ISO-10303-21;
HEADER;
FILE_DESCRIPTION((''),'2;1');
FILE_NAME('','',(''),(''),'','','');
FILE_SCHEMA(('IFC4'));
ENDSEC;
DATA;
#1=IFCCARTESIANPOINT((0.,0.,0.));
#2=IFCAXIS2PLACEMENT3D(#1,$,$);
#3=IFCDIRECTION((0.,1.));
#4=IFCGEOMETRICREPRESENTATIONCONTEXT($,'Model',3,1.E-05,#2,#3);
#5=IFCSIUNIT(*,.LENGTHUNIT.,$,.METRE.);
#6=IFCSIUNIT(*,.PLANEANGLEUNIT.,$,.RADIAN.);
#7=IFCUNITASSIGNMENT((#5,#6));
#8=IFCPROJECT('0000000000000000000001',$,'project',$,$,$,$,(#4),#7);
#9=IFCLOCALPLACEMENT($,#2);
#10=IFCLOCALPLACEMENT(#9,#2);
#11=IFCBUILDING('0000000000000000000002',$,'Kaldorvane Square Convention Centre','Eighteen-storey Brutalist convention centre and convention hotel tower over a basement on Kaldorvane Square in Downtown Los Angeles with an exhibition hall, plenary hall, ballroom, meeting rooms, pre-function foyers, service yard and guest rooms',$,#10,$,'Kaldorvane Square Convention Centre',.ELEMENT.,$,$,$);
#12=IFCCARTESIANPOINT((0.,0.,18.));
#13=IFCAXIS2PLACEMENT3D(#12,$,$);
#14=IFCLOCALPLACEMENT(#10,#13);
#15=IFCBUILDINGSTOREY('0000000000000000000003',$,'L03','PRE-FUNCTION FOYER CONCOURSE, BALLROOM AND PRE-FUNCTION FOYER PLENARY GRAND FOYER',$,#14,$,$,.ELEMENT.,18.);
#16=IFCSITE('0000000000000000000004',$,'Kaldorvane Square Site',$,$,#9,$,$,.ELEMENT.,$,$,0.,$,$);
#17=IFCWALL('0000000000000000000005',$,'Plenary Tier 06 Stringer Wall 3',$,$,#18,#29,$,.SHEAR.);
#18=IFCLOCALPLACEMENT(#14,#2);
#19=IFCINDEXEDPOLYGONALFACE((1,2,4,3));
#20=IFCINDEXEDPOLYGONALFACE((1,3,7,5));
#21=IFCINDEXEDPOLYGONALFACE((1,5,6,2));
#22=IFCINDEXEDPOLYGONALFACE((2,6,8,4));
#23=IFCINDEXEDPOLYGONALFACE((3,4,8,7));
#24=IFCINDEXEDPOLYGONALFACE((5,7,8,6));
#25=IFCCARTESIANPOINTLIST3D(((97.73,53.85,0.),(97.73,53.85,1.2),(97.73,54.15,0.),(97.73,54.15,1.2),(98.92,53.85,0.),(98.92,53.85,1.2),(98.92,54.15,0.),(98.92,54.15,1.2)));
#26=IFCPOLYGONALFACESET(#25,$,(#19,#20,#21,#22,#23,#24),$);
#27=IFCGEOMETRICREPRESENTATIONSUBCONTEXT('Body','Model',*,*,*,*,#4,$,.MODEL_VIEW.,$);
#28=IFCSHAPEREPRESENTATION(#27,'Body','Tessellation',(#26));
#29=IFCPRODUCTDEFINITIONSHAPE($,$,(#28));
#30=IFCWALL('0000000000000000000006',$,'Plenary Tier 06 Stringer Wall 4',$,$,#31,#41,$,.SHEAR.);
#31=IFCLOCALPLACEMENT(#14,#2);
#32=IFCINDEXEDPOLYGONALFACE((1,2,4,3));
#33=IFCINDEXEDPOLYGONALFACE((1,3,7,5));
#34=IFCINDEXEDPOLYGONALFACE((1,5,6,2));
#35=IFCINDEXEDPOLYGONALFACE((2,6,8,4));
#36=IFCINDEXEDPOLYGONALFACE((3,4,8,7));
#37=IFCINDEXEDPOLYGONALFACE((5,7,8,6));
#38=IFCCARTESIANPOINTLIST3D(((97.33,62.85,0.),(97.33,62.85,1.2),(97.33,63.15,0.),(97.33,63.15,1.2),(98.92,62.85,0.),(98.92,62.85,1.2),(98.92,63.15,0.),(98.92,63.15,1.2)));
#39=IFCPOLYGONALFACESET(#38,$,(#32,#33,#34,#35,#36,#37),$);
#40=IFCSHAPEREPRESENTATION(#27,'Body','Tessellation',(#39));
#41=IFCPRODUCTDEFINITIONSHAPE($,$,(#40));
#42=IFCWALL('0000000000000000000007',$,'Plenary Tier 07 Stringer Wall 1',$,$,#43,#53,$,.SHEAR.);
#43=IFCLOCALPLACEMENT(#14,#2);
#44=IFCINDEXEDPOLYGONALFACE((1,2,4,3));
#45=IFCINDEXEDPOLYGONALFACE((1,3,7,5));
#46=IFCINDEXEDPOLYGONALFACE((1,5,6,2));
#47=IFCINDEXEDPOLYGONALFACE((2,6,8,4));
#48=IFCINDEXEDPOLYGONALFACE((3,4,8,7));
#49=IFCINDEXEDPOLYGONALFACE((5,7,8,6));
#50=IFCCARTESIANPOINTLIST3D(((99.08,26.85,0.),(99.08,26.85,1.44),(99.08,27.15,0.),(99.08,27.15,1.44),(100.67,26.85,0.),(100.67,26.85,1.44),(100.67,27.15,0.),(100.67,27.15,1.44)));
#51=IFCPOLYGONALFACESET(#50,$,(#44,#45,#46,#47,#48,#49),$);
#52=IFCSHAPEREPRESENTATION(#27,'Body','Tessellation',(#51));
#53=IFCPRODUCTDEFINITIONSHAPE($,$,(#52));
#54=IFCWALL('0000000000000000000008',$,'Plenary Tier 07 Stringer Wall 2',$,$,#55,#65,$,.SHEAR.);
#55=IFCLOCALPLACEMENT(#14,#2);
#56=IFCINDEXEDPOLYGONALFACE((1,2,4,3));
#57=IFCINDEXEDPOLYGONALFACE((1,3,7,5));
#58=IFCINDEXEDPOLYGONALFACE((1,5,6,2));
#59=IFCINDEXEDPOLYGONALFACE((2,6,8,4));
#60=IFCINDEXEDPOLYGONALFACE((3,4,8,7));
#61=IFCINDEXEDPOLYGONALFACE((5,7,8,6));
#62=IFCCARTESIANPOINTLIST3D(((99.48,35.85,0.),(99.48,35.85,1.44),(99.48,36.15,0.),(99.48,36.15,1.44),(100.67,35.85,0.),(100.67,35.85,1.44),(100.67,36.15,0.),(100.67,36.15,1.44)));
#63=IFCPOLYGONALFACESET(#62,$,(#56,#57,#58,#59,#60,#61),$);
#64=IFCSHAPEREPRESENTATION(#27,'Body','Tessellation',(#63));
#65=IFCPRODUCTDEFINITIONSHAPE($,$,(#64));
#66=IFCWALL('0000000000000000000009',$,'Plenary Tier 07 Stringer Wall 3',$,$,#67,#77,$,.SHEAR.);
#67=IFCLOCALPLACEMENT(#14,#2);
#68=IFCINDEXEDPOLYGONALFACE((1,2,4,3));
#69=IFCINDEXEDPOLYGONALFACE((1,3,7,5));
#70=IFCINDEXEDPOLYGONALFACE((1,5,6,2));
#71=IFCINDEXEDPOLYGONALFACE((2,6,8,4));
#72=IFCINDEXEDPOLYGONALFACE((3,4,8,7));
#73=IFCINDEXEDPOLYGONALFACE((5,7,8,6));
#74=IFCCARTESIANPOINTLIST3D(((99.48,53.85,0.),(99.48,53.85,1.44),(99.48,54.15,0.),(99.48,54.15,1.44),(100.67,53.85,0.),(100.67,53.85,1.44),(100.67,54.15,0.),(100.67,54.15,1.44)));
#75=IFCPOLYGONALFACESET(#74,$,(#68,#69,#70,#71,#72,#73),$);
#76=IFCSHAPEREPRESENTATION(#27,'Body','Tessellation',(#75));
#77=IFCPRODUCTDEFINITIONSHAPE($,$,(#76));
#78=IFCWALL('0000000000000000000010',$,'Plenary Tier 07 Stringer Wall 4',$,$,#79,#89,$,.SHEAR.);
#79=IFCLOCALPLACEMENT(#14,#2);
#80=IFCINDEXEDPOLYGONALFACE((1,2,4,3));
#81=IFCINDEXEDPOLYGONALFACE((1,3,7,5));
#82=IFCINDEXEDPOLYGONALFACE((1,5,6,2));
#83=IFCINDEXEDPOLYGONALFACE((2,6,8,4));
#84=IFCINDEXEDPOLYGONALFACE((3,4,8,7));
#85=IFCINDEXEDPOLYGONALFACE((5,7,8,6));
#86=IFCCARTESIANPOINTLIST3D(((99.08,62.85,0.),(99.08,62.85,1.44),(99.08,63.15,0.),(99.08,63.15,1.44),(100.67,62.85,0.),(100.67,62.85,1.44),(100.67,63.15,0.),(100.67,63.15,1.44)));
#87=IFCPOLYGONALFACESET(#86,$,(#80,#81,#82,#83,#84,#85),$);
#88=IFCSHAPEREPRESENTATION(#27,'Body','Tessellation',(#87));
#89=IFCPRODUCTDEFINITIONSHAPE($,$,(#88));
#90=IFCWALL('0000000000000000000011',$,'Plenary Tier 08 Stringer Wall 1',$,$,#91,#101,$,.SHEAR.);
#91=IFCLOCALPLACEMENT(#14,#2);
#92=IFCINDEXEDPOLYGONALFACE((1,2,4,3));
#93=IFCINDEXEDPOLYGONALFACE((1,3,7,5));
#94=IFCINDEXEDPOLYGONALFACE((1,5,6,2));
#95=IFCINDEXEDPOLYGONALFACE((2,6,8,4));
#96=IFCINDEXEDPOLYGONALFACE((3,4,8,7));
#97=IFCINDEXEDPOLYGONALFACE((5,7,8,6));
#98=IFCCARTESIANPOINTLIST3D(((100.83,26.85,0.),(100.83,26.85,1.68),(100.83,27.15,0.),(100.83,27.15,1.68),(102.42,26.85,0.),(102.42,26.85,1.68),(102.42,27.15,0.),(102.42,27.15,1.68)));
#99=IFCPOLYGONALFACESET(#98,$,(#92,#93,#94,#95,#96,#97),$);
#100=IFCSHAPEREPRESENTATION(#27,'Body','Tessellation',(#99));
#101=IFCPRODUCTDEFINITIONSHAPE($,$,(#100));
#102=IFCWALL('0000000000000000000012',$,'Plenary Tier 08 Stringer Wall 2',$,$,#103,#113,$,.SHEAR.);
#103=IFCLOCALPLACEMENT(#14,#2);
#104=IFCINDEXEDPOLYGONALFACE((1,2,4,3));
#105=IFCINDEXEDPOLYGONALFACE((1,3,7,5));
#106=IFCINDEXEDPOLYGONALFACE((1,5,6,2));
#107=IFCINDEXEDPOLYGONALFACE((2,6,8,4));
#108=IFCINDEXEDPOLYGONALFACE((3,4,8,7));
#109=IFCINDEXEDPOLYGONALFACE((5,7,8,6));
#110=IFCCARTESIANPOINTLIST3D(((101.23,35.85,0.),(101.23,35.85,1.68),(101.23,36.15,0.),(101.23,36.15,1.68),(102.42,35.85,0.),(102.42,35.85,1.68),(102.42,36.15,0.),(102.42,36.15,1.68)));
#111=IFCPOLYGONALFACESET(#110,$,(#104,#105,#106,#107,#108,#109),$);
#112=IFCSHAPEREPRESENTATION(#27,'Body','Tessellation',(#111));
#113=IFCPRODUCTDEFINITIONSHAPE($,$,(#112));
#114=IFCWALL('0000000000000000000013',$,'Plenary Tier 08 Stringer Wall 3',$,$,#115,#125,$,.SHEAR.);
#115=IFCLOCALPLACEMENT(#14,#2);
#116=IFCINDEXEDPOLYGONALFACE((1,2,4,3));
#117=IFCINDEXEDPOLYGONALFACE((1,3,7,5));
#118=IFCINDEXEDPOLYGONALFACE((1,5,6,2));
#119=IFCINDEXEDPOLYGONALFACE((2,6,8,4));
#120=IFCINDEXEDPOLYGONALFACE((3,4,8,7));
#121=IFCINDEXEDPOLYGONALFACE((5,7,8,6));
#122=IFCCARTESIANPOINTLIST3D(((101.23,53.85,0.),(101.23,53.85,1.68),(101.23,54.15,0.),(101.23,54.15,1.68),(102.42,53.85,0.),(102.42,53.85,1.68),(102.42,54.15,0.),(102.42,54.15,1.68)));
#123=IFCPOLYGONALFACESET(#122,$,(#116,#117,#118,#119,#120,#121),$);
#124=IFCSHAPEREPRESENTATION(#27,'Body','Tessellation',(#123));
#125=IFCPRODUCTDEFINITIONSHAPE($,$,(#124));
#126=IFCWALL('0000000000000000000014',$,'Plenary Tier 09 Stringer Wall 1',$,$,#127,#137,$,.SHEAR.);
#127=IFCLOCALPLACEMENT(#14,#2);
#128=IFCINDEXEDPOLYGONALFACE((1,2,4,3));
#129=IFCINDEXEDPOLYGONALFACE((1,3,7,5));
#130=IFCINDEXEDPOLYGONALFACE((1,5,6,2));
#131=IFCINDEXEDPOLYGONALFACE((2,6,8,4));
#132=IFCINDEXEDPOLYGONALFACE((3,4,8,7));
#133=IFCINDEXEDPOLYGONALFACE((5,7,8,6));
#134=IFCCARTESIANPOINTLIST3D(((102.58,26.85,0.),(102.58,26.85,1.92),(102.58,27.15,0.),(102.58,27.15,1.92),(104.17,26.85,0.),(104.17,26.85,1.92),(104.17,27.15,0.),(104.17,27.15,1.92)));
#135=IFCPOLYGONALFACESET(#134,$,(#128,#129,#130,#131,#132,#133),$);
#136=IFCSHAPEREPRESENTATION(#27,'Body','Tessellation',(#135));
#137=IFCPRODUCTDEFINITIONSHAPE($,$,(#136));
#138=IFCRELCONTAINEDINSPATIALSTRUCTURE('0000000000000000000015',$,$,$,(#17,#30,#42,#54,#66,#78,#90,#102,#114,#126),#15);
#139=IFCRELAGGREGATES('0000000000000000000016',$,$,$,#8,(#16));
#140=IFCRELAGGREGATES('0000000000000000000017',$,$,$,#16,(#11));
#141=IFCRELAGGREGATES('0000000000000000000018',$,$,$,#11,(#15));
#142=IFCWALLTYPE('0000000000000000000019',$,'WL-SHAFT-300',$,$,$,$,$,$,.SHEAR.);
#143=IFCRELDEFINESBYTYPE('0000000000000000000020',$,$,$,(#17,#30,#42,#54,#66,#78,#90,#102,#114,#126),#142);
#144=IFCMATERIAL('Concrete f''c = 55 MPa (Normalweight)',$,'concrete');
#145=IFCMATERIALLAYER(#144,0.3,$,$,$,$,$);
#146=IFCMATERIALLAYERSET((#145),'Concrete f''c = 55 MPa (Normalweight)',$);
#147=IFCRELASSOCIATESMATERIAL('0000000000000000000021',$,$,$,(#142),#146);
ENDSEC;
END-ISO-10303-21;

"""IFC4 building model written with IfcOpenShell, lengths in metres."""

from ifc_helpers import new_model, si_unit, direction, frame, frame_2d, origin, place, context, subcontext, project, spatial, rectangle, extrude, material, layer, layer_set, type_object, element, save


model = new_model("IFC4")

# Units and contexts
model_context = context("Model", 3, precision=1e-05, world=origin(), true_north=direction((0.0, 1.0)))
body_context = subcontext(model_context, "Body", "Model", "MODEL_VIEW")
ifc_project = project(units=[si_unit("LENGTHUNIT", "METRE"), si_unit("PLANEANGLEUNIT", "RADIAN")], contexts=[model_context])

# Site, building, storey
site_placement = place(None, origin())
site = spatial("IfcSite", under=ifc_project, at=site_placement, Name="Kaldorvane Square Site", CompositionType="ELEMENT", RefElevation=0.0)
building_placement = place(site_placement, origin())
building = spatial("IfcBuilding", under=site, at=building_placement, Name="Kaldorvane Square Convention Centre", Description="Eighteen-storey Brutalist convention centre and convention hotel tower over a basement on Kaldorvane Square in Downtown Los Angeles with an exhibition hall, plenary hall, ballroom, meeting rooms, pre-function foyers, service yard and guest rooms", LongName="Kaldorvane Square Convention Centre", CompositionType="ELEMENT")
storey_placement = place(building_placement, frame((0.0, 0.0, 18.0)))
storey = spatial("IfcBuildingStorey", under=building, at=storey_placement, Name="L03", Description="PRE-FUNCTION FOYER CONCOURSE, BALLROOM AND PRE-FUNCTION FOYER PLENARY GRAND FOYER", CompositionType="ELEMENT", Elevation=18.0)

# Walls
ifc_material = material(Name="Concrete f'c = 55 MPa (Normalweight)", Category="concrete")
ifc_layer = layer(ifc_material, 0.3)
ifc_layer_set = layer_set([ifc_layer], Name="Concrete f'c = 55 MPa (Normalweight)")
wall_type = type_object("IfcWallType", Name="WL-SHAFT-300", PredefinedType="SHEAR", material=ifc_layer_set)
for number, where, z_axis, x_axis, name in (
    (1, (97.73, 54.0, 0.0), (0.0, 0.0, 1.0), (1.0, 0.0, 0.0), "Plenary Tier 06 Stringer Wall 3"),
):
    element("IfcWall", number, at=place(storey_placement, frame(where, z_axis=z_axis, x_axis=x_axis)), inside=storey, type_object=wall_type, Name=name, PredefinedType="SHEAR", context=body_context, shape_type="SweptSolid", body=[
        extrude(rectangle(XDim=1.19, YDim=0.3, at=frame_2d((0.595, 0.0))), origin(), (0.0, 0.0, 1.0), 1.2),
    ])
wall_1_placement = place(storey_placement, frame((97.33, 63.0, 0.0), z_axis=(0.0, 0.0, 1.0), x_axis=(1.0, 0.0, 0.0)))
element("IfcWall", 2, at=wall_1_placement, inside=storey, type_object=wall_type, Name="Plenary Tier 06 Stringer Wall 4", PredefinedType="SHEAR", context=body_context, shape_type="SweptSolid", body=[
    extrude(rectangle(XDim=1.59, YDim=0.3, at=frame_2d((0.795, 0.0))), origin(), (0.0, 0.0, 1.0), 1.2),
])
wall_2_placement = place(storey_placement, frame((99.08, 27.0, 0.0), z_axis=(0.0, 0.0, 1.0), x_axis=(1.0, 0.0, 0.0)))
element("IfcWall", 3, at=wall_2_placement, inside=storey, type_object=wall_type, Name="Plenary Tier 07 Stringer Wall 1", PredefinedType="SHEAR", context=body_context, shape_type="SweptSolid", body=[
    extrude(rectangle(XDim=1.59, YDim=0.3, at=frame_2d((0.795, 0.0))), origin(), (0.0, 0.0, 1.0), 1.44),
])
for number, where, z_axis, x_axis, name in (
    (4, (99.48, 36.0, 0.0), (0.0, 0.0, 1.0), (1.0, 0.0, 0.0), "Plenary Tier 07 Stringer Wall 2"),
    (5, (99.48, 54.0, 0.0), (0.0, 0.0, 1.0), (1.0, 0.0, 0.0), "Plenary Tier 07 Stringer Wall 3"),
):
    element("IfcWall", number, at=place(storey_placement, frame(where, z_axis=z_axis, x_axis=x_axis)), inside=storey, type_object=wall_type, Name=name, PredefinedType="SHEAR", context=body_context, shape_type="SweptSolid", body=[
        extrude(rectangle(XDim=1.19, YDim=0.3, at=frame_2d((0.595, 0.0))), origin(), (0.0, 0.0, 1.0), 1.44),
    ])
wall_3_placement = place(storey_placement, frame((99.08, 63.0, 0.0), z_axis=(0.0, 0.0, 1.0), x_axis=(1.0, 0.0, 0.0)))
element("IfcWall", 6, at=wall_3_placement, inside=storey, type_object=wall_type, Name="Plenary Tier 07 Stringer Wall 4", PredefinedType="SHEAR", context=body_context, shape_type="SweptSolid", body=[
    extrude(rectangle(XDim=1.59, YDim=0.3, at=frame_2d((0.795, 0.0))), origin(), (0.0, 0.0, 1.0), 1.44),
])
wall_4_placement = place(storey_placement, frame((100.83, 27.0, 0.0), z_axis=(0.0, 0.0, 1.0), x_axis=(1.0, 0.0, 0.0)))
element("IfcWall", 7, at=wall_4_placement, inside=storey, type_object=wall_type, Name="Plenary Tier 08 Stringer Wall 1", PredefinedType="SHEAR", context=body_context, shape_type="SweptSolid", body=[
    extrude(rectangle(XDim=1.59, YDim=0.3, at=frame_2d((0.795, 0.0))), origin(), (0.0, 0.0, 1.0), 1.68),
])
for number, where, z_axis, x_axis, name in (
    (8, (101.23, 36.0, 0.0), (0.0, 0.0, 1.0), (1.0, 0.0, 0.0), "Plenary Tier 08 Stringer Wall 2"),
    (9, (101.23, 54.0, 0.0), (0.0, 0.0, 1.0), (1.0, 0.0, 0.0), "Plenary Tier 08 Stringer Wall 3"),
):
    element("IfcWall", number, at=place(storey_placement, frame(where, z_axis=z_axis, x_axis=x_axis)), inside=storey, type_object=wall_type, Name=name, PredefinedType="SHEAR", context=body_context, shape_type="SweptSolid", body=[
        extrude(rectangle(XDim=1.19, YDim=0.3, at=frame_2d((0.595, 0.0))), origin(), (0.0, 0.0, 1.0), 1.68),
    ])
wall_5_placement = place(storey_placement, frame((102.58, 27.0, 0.0), z_axis=(0.0, 0.0, 1.0), x_axis=(1.0, 0.0, 0.0)))
element("IfcWall", 10, at=wall_5_placement, inside=storey, type_object=wall_type, Name="Plenary Tier 09 Stringer Wall 1", PredefinedType="SHEAR", context=body_context, shape_type="SweptSolid", body=[
    extrude(rectangle(XDim=1.59, YDim=0.3, at=frame_2d((0.795, 0.0))), origin(), (0.0, 0.0, 1.0), 1.92),
])

save(model, "model.ifc")
